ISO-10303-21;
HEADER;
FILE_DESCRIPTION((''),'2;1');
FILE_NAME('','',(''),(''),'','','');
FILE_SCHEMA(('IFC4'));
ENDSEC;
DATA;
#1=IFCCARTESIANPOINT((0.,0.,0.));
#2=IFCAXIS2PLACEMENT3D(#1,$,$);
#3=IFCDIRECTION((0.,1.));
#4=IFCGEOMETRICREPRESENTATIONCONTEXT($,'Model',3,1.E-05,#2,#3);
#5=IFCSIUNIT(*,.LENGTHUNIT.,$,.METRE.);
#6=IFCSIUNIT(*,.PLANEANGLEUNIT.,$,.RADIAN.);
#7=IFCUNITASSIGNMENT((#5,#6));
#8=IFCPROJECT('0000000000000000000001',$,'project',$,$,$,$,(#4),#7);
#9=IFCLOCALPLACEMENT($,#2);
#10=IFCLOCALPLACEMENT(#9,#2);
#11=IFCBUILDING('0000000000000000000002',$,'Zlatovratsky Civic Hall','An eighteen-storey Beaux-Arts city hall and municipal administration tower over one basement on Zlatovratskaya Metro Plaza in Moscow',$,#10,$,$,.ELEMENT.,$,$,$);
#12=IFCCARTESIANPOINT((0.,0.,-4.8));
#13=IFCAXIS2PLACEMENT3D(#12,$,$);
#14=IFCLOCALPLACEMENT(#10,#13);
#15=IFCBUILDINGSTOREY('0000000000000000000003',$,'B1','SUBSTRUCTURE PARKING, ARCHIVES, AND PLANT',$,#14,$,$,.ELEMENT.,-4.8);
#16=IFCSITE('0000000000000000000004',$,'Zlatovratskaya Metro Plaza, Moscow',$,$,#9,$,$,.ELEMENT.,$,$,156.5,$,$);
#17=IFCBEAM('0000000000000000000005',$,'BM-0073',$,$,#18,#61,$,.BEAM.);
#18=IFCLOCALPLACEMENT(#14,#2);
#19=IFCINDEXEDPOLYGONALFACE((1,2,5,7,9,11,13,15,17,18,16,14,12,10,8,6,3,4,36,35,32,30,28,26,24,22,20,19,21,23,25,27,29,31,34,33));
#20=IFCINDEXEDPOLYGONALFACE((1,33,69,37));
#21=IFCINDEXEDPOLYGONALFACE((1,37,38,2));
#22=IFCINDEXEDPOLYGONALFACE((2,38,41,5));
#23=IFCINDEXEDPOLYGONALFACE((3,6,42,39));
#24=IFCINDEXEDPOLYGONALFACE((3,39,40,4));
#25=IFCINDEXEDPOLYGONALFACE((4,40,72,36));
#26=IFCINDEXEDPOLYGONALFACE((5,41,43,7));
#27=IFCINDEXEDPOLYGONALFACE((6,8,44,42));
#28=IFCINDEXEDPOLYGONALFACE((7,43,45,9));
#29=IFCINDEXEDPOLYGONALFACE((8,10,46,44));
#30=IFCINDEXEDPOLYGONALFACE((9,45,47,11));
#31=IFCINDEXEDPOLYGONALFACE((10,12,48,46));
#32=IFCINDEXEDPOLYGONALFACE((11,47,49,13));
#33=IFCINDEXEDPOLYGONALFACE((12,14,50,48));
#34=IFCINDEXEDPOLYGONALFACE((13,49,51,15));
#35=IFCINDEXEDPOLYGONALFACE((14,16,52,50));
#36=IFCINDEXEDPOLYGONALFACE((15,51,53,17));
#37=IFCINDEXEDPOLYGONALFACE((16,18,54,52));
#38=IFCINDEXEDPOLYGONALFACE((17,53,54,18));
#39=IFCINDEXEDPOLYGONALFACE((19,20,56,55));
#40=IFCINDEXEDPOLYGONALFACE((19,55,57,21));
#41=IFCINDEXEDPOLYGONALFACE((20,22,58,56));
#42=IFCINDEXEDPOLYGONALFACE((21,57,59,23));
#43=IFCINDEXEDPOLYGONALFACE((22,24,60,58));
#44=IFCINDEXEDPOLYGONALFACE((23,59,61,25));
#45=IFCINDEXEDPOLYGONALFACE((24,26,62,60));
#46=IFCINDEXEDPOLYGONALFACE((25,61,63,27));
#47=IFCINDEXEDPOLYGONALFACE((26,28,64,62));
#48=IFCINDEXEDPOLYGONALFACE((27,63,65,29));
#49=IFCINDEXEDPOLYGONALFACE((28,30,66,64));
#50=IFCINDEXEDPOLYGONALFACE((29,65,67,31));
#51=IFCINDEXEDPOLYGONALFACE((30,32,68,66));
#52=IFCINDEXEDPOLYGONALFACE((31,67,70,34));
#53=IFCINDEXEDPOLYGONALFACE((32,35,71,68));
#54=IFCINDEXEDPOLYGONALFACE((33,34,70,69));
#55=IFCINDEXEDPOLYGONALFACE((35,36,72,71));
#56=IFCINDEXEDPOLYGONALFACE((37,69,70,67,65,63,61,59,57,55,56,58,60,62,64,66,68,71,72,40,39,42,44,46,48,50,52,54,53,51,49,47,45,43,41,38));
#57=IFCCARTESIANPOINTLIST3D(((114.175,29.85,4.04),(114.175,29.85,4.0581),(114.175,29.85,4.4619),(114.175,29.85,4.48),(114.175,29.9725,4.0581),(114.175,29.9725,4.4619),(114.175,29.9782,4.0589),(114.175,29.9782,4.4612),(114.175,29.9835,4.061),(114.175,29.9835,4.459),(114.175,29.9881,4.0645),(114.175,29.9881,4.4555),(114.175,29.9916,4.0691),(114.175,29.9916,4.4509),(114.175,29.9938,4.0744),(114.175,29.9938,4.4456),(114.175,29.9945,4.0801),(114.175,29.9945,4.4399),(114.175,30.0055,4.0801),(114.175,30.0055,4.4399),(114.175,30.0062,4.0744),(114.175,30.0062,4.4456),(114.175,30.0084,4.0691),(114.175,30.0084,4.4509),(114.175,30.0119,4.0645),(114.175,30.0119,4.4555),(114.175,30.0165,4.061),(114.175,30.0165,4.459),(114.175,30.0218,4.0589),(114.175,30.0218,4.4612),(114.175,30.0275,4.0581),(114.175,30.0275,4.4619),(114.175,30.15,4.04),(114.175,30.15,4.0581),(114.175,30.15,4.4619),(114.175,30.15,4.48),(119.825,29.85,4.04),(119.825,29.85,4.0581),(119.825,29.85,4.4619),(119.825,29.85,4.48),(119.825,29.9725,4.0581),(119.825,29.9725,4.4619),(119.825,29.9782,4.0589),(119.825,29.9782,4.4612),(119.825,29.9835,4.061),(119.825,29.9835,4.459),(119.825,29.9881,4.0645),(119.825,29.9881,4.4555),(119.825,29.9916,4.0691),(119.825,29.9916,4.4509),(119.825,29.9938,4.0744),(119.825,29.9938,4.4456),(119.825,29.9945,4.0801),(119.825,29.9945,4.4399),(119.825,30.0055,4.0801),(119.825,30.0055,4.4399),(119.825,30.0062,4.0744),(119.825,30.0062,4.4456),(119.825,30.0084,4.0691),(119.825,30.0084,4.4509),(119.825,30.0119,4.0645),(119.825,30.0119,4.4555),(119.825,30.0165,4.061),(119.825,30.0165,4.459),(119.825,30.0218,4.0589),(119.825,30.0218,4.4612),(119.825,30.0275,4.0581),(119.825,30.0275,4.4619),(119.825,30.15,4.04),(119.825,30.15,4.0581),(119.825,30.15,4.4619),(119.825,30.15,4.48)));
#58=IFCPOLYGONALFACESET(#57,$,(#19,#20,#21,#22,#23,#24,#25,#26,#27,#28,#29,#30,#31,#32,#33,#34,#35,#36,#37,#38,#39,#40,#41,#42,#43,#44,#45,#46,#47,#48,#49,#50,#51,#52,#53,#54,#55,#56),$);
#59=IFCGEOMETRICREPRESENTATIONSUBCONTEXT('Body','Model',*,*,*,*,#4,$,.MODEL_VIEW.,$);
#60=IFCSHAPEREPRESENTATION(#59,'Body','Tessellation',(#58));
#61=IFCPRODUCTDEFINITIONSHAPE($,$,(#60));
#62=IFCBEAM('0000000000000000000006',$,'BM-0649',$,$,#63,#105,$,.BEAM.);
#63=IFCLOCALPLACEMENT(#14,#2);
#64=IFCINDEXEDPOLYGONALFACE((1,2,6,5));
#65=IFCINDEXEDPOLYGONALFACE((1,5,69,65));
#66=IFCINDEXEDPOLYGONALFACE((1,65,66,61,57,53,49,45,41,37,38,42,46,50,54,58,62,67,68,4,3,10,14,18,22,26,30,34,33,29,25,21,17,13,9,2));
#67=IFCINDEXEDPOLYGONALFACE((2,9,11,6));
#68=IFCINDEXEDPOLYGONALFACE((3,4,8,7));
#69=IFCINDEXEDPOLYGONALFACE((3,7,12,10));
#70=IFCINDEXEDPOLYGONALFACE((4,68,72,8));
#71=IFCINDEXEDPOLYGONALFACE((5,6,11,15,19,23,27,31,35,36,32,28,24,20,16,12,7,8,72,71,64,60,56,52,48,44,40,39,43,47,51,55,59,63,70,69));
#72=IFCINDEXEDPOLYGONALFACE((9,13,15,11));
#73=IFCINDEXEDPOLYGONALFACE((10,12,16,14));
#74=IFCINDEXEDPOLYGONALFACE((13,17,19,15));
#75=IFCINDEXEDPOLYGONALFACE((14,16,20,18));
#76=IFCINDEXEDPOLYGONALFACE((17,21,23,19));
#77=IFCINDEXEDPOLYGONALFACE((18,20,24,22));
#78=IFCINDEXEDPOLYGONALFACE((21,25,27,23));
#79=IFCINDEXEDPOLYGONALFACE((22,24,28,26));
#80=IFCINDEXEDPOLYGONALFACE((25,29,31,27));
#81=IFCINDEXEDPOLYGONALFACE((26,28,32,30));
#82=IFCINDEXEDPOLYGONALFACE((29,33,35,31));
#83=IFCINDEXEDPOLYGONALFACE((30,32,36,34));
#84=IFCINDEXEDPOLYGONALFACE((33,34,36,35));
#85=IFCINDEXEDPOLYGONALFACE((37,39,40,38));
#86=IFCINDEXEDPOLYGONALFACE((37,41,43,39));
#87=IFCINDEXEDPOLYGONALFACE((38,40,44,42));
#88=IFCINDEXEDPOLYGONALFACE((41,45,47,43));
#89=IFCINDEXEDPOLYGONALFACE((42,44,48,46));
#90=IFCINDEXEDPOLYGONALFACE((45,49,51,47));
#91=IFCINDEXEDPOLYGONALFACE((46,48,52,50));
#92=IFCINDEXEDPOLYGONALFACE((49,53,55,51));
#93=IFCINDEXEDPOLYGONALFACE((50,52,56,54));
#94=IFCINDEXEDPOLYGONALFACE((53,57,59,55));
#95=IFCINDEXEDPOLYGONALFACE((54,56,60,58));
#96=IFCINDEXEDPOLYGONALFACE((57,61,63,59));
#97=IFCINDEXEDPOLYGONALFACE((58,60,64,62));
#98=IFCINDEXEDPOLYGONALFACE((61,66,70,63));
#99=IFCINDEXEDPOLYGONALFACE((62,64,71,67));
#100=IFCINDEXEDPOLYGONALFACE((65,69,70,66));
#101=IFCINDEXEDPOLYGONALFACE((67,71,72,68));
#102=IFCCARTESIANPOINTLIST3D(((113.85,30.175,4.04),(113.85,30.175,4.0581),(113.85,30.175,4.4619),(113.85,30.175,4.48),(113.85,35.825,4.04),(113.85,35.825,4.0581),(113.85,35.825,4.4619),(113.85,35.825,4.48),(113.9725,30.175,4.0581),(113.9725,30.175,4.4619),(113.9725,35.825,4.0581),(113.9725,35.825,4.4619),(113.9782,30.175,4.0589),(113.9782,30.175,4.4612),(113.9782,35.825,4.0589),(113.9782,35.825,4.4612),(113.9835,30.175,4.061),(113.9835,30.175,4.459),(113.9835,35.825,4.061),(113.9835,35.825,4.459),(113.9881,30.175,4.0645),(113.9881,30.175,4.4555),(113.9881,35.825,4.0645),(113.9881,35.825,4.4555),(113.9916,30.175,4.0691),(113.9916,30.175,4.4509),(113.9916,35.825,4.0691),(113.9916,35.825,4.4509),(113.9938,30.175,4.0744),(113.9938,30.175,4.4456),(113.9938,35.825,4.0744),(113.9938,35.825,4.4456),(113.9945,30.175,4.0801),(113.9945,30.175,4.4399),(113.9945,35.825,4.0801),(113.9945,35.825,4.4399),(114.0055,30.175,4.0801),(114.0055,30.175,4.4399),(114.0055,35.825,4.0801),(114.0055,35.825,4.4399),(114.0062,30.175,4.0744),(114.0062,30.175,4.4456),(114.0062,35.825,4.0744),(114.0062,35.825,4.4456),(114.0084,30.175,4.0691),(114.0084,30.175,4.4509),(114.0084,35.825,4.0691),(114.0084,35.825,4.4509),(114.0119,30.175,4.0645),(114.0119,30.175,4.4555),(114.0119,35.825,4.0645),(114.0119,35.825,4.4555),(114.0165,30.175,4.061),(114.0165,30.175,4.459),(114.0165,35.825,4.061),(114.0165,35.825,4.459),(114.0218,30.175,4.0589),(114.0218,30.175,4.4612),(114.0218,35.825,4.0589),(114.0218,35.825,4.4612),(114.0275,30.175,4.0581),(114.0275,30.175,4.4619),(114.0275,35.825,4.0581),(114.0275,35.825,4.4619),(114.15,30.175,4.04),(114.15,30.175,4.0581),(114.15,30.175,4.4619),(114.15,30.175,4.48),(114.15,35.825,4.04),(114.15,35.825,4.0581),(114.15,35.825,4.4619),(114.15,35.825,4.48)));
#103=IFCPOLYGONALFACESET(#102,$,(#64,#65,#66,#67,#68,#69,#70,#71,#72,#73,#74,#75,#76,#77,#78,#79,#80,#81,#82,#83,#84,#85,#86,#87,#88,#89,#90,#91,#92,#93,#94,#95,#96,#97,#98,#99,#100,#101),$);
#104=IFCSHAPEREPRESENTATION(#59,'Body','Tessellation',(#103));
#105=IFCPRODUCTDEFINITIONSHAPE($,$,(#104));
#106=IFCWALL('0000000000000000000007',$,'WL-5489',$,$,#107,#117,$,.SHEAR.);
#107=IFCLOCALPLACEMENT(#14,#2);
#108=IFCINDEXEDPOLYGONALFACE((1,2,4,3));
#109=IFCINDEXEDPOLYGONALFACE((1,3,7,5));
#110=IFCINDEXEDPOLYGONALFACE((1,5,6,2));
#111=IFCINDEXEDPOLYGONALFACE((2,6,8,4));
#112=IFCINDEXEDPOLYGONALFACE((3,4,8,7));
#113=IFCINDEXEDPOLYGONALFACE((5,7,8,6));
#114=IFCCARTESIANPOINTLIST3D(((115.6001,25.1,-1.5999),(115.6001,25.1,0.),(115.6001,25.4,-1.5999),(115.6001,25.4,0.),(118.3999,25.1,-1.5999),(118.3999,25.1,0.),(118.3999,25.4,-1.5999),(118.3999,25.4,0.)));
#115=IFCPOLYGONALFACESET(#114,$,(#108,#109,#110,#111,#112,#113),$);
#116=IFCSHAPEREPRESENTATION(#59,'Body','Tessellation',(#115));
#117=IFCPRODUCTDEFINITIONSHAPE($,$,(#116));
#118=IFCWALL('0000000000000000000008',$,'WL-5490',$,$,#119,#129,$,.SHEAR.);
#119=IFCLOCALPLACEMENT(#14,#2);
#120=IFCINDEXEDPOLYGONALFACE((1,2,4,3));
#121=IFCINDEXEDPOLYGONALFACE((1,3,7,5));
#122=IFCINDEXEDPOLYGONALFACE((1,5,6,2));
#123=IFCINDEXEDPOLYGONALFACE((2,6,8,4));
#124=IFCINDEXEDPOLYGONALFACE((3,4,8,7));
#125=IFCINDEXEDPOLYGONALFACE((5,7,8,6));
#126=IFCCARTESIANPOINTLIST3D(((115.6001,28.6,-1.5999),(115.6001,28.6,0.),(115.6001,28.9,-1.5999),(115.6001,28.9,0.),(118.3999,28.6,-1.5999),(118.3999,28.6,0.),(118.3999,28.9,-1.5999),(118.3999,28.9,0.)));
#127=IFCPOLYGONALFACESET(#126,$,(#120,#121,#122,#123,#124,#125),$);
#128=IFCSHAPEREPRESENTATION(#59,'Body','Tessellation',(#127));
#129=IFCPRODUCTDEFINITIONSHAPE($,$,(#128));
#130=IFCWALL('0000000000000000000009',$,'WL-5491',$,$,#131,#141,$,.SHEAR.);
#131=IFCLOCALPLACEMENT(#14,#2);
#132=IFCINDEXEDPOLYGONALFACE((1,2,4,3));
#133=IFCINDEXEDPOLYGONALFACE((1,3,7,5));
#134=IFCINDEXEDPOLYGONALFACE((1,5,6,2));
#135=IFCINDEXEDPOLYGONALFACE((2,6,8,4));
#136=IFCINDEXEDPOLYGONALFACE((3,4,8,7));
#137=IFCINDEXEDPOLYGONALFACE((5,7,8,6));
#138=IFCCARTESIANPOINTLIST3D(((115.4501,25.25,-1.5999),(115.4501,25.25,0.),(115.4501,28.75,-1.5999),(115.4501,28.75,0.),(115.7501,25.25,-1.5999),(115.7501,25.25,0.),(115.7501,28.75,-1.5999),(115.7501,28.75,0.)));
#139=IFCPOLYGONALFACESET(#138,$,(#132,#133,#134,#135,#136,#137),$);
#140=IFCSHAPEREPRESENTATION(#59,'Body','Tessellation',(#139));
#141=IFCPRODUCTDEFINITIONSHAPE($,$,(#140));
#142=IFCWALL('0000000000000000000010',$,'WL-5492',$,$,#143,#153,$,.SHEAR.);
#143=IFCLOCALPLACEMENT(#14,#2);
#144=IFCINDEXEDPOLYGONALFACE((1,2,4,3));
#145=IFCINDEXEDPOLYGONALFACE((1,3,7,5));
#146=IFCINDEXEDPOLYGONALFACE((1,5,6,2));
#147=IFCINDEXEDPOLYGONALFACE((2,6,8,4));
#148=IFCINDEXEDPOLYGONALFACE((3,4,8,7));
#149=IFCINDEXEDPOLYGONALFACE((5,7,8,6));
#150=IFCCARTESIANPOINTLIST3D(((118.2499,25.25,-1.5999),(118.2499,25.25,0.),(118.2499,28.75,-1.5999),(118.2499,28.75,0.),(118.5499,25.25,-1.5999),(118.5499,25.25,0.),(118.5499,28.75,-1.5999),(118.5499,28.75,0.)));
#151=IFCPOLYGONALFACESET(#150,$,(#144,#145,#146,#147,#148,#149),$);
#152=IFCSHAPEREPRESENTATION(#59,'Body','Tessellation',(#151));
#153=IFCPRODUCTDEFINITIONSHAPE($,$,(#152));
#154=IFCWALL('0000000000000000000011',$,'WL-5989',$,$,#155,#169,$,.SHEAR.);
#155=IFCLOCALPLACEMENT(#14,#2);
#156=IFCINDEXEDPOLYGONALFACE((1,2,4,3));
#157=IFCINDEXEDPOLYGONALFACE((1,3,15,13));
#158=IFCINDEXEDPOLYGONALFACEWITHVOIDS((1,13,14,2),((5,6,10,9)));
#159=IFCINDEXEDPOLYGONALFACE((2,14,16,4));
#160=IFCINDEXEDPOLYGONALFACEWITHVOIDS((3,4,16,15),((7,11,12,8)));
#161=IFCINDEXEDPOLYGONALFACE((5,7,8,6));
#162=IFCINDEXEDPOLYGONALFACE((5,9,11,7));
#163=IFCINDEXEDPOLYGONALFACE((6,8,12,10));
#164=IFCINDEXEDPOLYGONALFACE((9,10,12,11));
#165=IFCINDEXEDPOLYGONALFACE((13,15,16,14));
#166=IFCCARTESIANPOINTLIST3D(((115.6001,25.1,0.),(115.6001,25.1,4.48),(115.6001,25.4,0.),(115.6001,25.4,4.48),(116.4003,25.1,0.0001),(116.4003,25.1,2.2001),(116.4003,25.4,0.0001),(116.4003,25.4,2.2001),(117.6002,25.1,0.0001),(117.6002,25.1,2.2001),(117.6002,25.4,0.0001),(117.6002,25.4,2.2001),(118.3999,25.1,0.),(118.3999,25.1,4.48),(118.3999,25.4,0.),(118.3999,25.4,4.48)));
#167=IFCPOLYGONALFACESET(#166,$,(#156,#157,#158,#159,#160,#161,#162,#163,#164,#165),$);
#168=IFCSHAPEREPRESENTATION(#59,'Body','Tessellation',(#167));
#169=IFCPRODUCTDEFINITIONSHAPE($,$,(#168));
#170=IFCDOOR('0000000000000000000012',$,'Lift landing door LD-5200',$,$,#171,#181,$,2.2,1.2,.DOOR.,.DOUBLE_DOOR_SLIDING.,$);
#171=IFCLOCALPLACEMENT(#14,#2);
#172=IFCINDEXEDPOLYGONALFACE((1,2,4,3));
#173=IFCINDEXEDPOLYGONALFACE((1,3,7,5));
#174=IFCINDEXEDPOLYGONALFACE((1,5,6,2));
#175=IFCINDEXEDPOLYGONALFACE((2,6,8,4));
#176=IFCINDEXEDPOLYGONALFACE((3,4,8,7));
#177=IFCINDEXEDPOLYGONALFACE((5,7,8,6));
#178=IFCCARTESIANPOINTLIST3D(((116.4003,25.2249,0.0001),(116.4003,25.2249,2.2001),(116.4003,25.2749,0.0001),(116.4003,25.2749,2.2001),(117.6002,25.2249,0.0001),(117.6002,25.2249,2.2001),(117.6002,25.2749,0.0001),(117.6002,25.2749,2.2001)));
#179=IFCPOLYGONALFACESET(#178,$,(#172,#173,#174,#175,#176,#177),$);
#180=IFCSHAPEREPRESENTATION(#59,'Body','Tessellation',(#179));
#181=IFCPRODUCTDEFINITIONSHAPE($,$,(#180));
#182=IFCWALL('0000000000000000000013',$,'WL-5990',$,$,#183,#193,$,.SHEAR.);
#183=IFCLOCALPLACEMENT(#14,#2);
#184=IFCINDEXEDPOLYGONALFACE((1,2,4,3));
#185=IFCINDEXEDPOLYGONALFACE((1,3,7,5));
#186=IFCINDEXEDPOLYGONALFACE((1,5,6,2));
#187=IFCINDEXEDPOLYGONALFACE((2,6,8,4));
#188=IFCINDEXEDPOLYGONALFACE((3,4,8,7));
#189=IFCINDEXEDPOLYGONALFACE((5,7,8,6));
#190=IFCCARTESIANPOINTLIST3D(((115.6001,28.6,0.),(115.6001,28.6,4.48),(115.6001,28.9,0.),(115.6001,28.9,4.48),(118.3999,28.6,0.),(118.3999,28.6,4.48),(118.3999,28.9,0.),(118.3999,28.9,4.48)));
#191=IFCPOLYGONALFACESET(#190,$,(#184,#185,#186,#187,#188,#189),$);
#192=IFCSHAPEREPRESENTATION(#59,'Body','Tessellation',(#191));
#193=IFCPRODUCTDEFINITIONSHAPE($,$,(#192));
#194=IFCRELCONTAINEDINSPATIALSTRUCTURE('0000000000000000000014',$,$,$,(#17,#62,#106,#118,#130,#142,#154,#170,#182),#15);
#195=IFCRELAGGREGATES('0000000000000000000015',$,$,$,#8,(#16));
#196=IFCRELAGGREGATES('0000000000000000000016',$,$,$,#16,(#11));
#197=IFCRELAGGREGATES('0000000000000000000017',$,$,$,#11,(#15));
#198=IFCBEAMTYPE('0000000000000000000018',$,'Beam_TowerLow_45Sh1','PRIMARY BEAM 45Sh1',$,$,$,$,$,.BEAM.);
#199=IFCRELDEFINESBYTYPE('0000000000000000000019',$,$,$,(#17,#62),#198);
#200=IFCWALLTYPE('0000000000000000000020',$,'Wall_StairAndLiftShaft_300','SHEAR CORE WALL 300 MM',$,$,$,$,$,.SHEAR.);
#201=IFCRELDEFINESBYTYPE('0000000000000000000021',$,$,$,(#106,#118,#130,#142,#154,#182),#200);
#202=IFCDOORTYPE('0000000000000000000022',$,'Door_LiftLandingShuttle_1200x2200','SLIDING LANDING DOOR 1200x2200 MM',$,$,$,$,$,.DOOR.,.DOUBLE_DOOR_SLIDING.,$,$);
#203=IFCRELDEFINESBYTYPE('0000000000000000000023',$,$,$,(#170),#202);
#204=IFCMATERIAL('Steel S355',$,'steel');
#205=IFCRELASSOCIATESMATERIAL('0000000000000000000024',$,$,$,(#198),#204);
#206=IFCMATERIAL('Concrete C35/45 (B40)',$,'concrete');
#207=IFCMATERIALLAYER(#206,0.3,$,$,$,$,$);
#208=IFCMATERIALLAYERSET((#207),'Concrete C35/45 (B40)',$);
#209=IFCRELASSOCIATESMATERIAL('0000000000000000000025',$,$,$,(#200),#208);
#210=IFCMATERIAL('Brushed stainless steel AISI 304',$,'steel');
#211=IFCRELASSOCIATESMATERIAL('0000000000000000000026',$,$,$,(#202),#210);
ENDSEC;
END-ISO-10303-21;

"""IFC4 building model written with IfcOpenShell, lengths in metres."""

from ifc_helpers import new_model, si_unit, direction, frame, frame_2d, origin, origin_2d, place, context, subcontext, project, spatial, rectangle, i_section, extrude, material, layer, layer_set, material_profile, profile_set, type_object, element, fill, save


model = new_model("IFC4")

# Units and contexts
model_context = context("Model", 3, precision=1e-05, world=origin(), true_north=direction((0.0, 1.0)))
body_context = subcontext(model_context, "Body", "Model", "MODEL_VIEW")
ifc_project = project(units=[si_unit("LENGTHUNIT", "METRE"), si_unit("PLANEANGLEUNIT", "RADIAN")], contexts=[model_context])

# Site, building, storey
site_placement = place(None, origin())
site = spatial("IfcSite", under=ifc_project, at=site_placement, Name="Zlatovratskaya Metro Plaza, Moscow", CompositionType="ELEMENT", RefElevation=156.5)
building_placement = place(site_placement, origin())
building = spatial("IfcBuilding", under=site, at=building_placement, Name="Zlatovratsky Civic Hall", Description="An eighteen-storey Beaux-Arts city hall and municipal administration tower over one basement on Zlatovratskaya Metro Plaza in Moscow", CompositionType="ELEMENT")
storey_placement = place(building_placement, frame((0.0, 0.0, -4.8)))
storey = spatial("IfcBuildingStorey", under=building, at=storey_placement, Name="B1", Description="SUBSTRUCTURE PARKING, ARCHIVES, AND PLANT", CompositionType="ELEMENT", Elevation=-4.8)

# Shared definitions
ifc_material_1 = material(Name="Steel S355", Category="steel")

# Beams
ifc_material_profile_1 = material_profile(ifc_material_1, i_section(OverallWidth=0.3, OverallDepth=0.4399, WebThickness=0.011, FlangeThickness=0.0181, FilletRadius=0.022, at=origin_2d()), Name="45Sh1")
ifc_profile_set_1 = profile_set([ifc_material_profile_1], Name="Steel S355")
beam_type_1 = type_object("IfcBeamType", Name="Beam_TowerLow_45Sh1", Description="PRIMARY BEAM 45Sh1", PredefinedType="BEAM", material=ifc_profile_set_1)
for number, where, z_axis, x_axis, name in (
    (1, (114.175, 30.0, 4.26), (1.0, 0.0, 0.0), (0.0, 1.0, 0.0), "BM-0073"),
    (2, (114.0, 30.175, 4.26), (0.0, 1.0, 0.0), (-1.0, 0.0, 0.0), "BM-0649"),
):
    element("IfcBeam", number, at=place(storey_placement, frame(where, z_axis=z_axis, x_axis=x_axis)), inside=storey, type_object=beam_type_1, Name=name, PredefinedType="BEAM", context=body_context, shape_type="SweptSolid", body=[
        extrude(i_section(OverallWidth=0.3, OverallDepth=0.4399, WebThickness=0.011, FlangeThickness=0.0181, FilletRadius=0.022, at=origin_2d()), origin(), (0.0, 0.0, 1.0), 5.6499),
    ])

# Walls
ifc_material_2 = material(Name="Concrete C35/45 (B40)", Category="concrete")
ifc_layer = layer(ifc_material_2, 0.3)
ifc_layer_set = layer_set([ifc_layer], Name="Concrete C35/45 (B40)")
wall_type = type_object("IfcWallType", Name="Wall_StairAndLiftShaft_300", Description="SHEAR CORE WALL 300 MM", PredefinedType="SHEAR", material=ifc_layer_set)
for number, where, z_axis, x_axis, name in (
    (3, (115.6001, 25.25, -1.5999), (0.0, 0.0, 1.0), (1.0, 0.0, 0.0), "WL-5489"),
    (4, (115.6001, 28.75, -1.5999), (0.0, 0.0, 1.0), (1.0, 0.0, 0.0), "WL-5490"),
):
    element("IfcWall", number, at=place(storey_placement, frame(where, z_axis=z_axis, x_axis=x_axis)), inside=storey, type_object=wall_type, Name=name, PredefinedType="SHEAR", context=body_context, shape_type="SweptSolid", body=[
        extrude(rectangle(XDim=2.7998, YDim=0.3, at=frame_2d((1.3999, 0.0))), origin(), (0.0, 0.0, 1.0), 1.5999),
    ])
for number, where, z_axis, x_axis, name in (
    (5, (115.6001, 25.25, -1.5999), (0.0, 0.0, 1.0), (0.0, 1.0, 0.0), "WL-5491"),
    (6, (118.3999, 25.25, -1.5999), (0.0, 0.0, 1.0), (0.0, 1.0, 0.0), "WL-5492"),
):
    element("IfcWall", number, at=place(storey_placement, frame(where, z_axis=z_axis, x_axis=x_axis)), inside=storey, type_object=wall_type, Name=name, PredefinedType="SHEAR", context=body_context, shape_type="SweptSolid", body=[
        extrude(rectangle(XDim=3.5, YDim=0.3, at=frame_2d((1.75, 0.0))), origin(), (0.0, 0.0, 1.0), 1.5999),
    ])

# Wall, opening, door
wall_1_placement = place(storey_placement, frame((115.6001, 25.25, 0.0), z_axis=(0.0, 0.0, 1.0), x_axis=(1.0, 0.0, 0.0)))
wall_1 = element("IfcWall", 7, at=wall_1_placement, inside=storey, type_object=wall_type, Name="WL-5989", PredefinedType="SHEAR", context=body_context, shape_type="SweptSolid", body=[
    extrude(rectangle(XDim=2.7998, YDim=0.3, at=frame_2d((1.3999, 0.0))), origin(), (0.0, 0.0, 1.0), 4.48),
])
opening_placement = place(wall_1_placement, frame((0.8, 0.0, 0.0)))
opening = element("IfcOpeningElement", 8, at=opening_placement, cuts=wall_1, PredefinedType="OPENING", context=body_context, shape_type="SweptSolid", body=[
    extrude(rectangle(XDim=1.2, YDim=2.2, at=frame_2d((0.6001, 1.1001))), frame((0.0, 0.165, 0.0), z_axis=(0.0, -1.0, 0.0), x_axis=(1.0, 0.0, 0.0)), (0.0, 0.0, 1.0), 0.3298),
])
ifc_material_3 = material(Name="Brushed stainless steel AISI 304", Category="steel")
door_type = type_object("IfcDoorType", Name="Door_LiftLandingShuttle_1200x2200", Description="SLIDING LANDING DOOR 1200x2200 MM", OperationType="DOUBLE_DOOR_SLIDING", PredefinedType="DOOR", material=ifc_material_3)
door_placement = place(opening_placement, origin())
door = element("IfcDoor", 9, at=door_placement, inside=storey, type_object=door_type, Name="Lift landing door LD-5200", OperationType="DOUBLE_DOOR_SLIDING", OverallHeight=2.2, OverallWidth=1.2, PredefinedType="DOOR", context=body_context, shape_type="SweptSolid", body=[
    extrude(rectangle(XDim=1.2, YDim=2.2, at=frame_2d((0.6001, 1.1001))), frame((0.0, 0.0249, 0.0), z_axis=(0.0, -1.0, 0.0), x_axis=(1.0, 0.0, 0.0)), (0.0, 0.0, 1.0), 0.05),
])
fill(opening, door)

# Wall
wall_2_placement = place(storey_placement, frame((115.6001, 28.75, 0.0), z_axis=(0.0, 0.0, 1.0), x_axis=(1.0, 0.0, 0.0)))
element("IfcWall", 10, at=wall_2_placement, inside=storey, type_object=wall_type, Name="WL-5990", PredefinedType="SHEAR", context=body_context, shape_type="SweptSolid", body=[
    extrude(rectangle(XDim=2.7998, YDim=0.3, at=frame_2d((1.3999, 0.0))), origin(), (0.0, 0.0, 1.0), 4.48),
])

save(model, "model.ifc")
